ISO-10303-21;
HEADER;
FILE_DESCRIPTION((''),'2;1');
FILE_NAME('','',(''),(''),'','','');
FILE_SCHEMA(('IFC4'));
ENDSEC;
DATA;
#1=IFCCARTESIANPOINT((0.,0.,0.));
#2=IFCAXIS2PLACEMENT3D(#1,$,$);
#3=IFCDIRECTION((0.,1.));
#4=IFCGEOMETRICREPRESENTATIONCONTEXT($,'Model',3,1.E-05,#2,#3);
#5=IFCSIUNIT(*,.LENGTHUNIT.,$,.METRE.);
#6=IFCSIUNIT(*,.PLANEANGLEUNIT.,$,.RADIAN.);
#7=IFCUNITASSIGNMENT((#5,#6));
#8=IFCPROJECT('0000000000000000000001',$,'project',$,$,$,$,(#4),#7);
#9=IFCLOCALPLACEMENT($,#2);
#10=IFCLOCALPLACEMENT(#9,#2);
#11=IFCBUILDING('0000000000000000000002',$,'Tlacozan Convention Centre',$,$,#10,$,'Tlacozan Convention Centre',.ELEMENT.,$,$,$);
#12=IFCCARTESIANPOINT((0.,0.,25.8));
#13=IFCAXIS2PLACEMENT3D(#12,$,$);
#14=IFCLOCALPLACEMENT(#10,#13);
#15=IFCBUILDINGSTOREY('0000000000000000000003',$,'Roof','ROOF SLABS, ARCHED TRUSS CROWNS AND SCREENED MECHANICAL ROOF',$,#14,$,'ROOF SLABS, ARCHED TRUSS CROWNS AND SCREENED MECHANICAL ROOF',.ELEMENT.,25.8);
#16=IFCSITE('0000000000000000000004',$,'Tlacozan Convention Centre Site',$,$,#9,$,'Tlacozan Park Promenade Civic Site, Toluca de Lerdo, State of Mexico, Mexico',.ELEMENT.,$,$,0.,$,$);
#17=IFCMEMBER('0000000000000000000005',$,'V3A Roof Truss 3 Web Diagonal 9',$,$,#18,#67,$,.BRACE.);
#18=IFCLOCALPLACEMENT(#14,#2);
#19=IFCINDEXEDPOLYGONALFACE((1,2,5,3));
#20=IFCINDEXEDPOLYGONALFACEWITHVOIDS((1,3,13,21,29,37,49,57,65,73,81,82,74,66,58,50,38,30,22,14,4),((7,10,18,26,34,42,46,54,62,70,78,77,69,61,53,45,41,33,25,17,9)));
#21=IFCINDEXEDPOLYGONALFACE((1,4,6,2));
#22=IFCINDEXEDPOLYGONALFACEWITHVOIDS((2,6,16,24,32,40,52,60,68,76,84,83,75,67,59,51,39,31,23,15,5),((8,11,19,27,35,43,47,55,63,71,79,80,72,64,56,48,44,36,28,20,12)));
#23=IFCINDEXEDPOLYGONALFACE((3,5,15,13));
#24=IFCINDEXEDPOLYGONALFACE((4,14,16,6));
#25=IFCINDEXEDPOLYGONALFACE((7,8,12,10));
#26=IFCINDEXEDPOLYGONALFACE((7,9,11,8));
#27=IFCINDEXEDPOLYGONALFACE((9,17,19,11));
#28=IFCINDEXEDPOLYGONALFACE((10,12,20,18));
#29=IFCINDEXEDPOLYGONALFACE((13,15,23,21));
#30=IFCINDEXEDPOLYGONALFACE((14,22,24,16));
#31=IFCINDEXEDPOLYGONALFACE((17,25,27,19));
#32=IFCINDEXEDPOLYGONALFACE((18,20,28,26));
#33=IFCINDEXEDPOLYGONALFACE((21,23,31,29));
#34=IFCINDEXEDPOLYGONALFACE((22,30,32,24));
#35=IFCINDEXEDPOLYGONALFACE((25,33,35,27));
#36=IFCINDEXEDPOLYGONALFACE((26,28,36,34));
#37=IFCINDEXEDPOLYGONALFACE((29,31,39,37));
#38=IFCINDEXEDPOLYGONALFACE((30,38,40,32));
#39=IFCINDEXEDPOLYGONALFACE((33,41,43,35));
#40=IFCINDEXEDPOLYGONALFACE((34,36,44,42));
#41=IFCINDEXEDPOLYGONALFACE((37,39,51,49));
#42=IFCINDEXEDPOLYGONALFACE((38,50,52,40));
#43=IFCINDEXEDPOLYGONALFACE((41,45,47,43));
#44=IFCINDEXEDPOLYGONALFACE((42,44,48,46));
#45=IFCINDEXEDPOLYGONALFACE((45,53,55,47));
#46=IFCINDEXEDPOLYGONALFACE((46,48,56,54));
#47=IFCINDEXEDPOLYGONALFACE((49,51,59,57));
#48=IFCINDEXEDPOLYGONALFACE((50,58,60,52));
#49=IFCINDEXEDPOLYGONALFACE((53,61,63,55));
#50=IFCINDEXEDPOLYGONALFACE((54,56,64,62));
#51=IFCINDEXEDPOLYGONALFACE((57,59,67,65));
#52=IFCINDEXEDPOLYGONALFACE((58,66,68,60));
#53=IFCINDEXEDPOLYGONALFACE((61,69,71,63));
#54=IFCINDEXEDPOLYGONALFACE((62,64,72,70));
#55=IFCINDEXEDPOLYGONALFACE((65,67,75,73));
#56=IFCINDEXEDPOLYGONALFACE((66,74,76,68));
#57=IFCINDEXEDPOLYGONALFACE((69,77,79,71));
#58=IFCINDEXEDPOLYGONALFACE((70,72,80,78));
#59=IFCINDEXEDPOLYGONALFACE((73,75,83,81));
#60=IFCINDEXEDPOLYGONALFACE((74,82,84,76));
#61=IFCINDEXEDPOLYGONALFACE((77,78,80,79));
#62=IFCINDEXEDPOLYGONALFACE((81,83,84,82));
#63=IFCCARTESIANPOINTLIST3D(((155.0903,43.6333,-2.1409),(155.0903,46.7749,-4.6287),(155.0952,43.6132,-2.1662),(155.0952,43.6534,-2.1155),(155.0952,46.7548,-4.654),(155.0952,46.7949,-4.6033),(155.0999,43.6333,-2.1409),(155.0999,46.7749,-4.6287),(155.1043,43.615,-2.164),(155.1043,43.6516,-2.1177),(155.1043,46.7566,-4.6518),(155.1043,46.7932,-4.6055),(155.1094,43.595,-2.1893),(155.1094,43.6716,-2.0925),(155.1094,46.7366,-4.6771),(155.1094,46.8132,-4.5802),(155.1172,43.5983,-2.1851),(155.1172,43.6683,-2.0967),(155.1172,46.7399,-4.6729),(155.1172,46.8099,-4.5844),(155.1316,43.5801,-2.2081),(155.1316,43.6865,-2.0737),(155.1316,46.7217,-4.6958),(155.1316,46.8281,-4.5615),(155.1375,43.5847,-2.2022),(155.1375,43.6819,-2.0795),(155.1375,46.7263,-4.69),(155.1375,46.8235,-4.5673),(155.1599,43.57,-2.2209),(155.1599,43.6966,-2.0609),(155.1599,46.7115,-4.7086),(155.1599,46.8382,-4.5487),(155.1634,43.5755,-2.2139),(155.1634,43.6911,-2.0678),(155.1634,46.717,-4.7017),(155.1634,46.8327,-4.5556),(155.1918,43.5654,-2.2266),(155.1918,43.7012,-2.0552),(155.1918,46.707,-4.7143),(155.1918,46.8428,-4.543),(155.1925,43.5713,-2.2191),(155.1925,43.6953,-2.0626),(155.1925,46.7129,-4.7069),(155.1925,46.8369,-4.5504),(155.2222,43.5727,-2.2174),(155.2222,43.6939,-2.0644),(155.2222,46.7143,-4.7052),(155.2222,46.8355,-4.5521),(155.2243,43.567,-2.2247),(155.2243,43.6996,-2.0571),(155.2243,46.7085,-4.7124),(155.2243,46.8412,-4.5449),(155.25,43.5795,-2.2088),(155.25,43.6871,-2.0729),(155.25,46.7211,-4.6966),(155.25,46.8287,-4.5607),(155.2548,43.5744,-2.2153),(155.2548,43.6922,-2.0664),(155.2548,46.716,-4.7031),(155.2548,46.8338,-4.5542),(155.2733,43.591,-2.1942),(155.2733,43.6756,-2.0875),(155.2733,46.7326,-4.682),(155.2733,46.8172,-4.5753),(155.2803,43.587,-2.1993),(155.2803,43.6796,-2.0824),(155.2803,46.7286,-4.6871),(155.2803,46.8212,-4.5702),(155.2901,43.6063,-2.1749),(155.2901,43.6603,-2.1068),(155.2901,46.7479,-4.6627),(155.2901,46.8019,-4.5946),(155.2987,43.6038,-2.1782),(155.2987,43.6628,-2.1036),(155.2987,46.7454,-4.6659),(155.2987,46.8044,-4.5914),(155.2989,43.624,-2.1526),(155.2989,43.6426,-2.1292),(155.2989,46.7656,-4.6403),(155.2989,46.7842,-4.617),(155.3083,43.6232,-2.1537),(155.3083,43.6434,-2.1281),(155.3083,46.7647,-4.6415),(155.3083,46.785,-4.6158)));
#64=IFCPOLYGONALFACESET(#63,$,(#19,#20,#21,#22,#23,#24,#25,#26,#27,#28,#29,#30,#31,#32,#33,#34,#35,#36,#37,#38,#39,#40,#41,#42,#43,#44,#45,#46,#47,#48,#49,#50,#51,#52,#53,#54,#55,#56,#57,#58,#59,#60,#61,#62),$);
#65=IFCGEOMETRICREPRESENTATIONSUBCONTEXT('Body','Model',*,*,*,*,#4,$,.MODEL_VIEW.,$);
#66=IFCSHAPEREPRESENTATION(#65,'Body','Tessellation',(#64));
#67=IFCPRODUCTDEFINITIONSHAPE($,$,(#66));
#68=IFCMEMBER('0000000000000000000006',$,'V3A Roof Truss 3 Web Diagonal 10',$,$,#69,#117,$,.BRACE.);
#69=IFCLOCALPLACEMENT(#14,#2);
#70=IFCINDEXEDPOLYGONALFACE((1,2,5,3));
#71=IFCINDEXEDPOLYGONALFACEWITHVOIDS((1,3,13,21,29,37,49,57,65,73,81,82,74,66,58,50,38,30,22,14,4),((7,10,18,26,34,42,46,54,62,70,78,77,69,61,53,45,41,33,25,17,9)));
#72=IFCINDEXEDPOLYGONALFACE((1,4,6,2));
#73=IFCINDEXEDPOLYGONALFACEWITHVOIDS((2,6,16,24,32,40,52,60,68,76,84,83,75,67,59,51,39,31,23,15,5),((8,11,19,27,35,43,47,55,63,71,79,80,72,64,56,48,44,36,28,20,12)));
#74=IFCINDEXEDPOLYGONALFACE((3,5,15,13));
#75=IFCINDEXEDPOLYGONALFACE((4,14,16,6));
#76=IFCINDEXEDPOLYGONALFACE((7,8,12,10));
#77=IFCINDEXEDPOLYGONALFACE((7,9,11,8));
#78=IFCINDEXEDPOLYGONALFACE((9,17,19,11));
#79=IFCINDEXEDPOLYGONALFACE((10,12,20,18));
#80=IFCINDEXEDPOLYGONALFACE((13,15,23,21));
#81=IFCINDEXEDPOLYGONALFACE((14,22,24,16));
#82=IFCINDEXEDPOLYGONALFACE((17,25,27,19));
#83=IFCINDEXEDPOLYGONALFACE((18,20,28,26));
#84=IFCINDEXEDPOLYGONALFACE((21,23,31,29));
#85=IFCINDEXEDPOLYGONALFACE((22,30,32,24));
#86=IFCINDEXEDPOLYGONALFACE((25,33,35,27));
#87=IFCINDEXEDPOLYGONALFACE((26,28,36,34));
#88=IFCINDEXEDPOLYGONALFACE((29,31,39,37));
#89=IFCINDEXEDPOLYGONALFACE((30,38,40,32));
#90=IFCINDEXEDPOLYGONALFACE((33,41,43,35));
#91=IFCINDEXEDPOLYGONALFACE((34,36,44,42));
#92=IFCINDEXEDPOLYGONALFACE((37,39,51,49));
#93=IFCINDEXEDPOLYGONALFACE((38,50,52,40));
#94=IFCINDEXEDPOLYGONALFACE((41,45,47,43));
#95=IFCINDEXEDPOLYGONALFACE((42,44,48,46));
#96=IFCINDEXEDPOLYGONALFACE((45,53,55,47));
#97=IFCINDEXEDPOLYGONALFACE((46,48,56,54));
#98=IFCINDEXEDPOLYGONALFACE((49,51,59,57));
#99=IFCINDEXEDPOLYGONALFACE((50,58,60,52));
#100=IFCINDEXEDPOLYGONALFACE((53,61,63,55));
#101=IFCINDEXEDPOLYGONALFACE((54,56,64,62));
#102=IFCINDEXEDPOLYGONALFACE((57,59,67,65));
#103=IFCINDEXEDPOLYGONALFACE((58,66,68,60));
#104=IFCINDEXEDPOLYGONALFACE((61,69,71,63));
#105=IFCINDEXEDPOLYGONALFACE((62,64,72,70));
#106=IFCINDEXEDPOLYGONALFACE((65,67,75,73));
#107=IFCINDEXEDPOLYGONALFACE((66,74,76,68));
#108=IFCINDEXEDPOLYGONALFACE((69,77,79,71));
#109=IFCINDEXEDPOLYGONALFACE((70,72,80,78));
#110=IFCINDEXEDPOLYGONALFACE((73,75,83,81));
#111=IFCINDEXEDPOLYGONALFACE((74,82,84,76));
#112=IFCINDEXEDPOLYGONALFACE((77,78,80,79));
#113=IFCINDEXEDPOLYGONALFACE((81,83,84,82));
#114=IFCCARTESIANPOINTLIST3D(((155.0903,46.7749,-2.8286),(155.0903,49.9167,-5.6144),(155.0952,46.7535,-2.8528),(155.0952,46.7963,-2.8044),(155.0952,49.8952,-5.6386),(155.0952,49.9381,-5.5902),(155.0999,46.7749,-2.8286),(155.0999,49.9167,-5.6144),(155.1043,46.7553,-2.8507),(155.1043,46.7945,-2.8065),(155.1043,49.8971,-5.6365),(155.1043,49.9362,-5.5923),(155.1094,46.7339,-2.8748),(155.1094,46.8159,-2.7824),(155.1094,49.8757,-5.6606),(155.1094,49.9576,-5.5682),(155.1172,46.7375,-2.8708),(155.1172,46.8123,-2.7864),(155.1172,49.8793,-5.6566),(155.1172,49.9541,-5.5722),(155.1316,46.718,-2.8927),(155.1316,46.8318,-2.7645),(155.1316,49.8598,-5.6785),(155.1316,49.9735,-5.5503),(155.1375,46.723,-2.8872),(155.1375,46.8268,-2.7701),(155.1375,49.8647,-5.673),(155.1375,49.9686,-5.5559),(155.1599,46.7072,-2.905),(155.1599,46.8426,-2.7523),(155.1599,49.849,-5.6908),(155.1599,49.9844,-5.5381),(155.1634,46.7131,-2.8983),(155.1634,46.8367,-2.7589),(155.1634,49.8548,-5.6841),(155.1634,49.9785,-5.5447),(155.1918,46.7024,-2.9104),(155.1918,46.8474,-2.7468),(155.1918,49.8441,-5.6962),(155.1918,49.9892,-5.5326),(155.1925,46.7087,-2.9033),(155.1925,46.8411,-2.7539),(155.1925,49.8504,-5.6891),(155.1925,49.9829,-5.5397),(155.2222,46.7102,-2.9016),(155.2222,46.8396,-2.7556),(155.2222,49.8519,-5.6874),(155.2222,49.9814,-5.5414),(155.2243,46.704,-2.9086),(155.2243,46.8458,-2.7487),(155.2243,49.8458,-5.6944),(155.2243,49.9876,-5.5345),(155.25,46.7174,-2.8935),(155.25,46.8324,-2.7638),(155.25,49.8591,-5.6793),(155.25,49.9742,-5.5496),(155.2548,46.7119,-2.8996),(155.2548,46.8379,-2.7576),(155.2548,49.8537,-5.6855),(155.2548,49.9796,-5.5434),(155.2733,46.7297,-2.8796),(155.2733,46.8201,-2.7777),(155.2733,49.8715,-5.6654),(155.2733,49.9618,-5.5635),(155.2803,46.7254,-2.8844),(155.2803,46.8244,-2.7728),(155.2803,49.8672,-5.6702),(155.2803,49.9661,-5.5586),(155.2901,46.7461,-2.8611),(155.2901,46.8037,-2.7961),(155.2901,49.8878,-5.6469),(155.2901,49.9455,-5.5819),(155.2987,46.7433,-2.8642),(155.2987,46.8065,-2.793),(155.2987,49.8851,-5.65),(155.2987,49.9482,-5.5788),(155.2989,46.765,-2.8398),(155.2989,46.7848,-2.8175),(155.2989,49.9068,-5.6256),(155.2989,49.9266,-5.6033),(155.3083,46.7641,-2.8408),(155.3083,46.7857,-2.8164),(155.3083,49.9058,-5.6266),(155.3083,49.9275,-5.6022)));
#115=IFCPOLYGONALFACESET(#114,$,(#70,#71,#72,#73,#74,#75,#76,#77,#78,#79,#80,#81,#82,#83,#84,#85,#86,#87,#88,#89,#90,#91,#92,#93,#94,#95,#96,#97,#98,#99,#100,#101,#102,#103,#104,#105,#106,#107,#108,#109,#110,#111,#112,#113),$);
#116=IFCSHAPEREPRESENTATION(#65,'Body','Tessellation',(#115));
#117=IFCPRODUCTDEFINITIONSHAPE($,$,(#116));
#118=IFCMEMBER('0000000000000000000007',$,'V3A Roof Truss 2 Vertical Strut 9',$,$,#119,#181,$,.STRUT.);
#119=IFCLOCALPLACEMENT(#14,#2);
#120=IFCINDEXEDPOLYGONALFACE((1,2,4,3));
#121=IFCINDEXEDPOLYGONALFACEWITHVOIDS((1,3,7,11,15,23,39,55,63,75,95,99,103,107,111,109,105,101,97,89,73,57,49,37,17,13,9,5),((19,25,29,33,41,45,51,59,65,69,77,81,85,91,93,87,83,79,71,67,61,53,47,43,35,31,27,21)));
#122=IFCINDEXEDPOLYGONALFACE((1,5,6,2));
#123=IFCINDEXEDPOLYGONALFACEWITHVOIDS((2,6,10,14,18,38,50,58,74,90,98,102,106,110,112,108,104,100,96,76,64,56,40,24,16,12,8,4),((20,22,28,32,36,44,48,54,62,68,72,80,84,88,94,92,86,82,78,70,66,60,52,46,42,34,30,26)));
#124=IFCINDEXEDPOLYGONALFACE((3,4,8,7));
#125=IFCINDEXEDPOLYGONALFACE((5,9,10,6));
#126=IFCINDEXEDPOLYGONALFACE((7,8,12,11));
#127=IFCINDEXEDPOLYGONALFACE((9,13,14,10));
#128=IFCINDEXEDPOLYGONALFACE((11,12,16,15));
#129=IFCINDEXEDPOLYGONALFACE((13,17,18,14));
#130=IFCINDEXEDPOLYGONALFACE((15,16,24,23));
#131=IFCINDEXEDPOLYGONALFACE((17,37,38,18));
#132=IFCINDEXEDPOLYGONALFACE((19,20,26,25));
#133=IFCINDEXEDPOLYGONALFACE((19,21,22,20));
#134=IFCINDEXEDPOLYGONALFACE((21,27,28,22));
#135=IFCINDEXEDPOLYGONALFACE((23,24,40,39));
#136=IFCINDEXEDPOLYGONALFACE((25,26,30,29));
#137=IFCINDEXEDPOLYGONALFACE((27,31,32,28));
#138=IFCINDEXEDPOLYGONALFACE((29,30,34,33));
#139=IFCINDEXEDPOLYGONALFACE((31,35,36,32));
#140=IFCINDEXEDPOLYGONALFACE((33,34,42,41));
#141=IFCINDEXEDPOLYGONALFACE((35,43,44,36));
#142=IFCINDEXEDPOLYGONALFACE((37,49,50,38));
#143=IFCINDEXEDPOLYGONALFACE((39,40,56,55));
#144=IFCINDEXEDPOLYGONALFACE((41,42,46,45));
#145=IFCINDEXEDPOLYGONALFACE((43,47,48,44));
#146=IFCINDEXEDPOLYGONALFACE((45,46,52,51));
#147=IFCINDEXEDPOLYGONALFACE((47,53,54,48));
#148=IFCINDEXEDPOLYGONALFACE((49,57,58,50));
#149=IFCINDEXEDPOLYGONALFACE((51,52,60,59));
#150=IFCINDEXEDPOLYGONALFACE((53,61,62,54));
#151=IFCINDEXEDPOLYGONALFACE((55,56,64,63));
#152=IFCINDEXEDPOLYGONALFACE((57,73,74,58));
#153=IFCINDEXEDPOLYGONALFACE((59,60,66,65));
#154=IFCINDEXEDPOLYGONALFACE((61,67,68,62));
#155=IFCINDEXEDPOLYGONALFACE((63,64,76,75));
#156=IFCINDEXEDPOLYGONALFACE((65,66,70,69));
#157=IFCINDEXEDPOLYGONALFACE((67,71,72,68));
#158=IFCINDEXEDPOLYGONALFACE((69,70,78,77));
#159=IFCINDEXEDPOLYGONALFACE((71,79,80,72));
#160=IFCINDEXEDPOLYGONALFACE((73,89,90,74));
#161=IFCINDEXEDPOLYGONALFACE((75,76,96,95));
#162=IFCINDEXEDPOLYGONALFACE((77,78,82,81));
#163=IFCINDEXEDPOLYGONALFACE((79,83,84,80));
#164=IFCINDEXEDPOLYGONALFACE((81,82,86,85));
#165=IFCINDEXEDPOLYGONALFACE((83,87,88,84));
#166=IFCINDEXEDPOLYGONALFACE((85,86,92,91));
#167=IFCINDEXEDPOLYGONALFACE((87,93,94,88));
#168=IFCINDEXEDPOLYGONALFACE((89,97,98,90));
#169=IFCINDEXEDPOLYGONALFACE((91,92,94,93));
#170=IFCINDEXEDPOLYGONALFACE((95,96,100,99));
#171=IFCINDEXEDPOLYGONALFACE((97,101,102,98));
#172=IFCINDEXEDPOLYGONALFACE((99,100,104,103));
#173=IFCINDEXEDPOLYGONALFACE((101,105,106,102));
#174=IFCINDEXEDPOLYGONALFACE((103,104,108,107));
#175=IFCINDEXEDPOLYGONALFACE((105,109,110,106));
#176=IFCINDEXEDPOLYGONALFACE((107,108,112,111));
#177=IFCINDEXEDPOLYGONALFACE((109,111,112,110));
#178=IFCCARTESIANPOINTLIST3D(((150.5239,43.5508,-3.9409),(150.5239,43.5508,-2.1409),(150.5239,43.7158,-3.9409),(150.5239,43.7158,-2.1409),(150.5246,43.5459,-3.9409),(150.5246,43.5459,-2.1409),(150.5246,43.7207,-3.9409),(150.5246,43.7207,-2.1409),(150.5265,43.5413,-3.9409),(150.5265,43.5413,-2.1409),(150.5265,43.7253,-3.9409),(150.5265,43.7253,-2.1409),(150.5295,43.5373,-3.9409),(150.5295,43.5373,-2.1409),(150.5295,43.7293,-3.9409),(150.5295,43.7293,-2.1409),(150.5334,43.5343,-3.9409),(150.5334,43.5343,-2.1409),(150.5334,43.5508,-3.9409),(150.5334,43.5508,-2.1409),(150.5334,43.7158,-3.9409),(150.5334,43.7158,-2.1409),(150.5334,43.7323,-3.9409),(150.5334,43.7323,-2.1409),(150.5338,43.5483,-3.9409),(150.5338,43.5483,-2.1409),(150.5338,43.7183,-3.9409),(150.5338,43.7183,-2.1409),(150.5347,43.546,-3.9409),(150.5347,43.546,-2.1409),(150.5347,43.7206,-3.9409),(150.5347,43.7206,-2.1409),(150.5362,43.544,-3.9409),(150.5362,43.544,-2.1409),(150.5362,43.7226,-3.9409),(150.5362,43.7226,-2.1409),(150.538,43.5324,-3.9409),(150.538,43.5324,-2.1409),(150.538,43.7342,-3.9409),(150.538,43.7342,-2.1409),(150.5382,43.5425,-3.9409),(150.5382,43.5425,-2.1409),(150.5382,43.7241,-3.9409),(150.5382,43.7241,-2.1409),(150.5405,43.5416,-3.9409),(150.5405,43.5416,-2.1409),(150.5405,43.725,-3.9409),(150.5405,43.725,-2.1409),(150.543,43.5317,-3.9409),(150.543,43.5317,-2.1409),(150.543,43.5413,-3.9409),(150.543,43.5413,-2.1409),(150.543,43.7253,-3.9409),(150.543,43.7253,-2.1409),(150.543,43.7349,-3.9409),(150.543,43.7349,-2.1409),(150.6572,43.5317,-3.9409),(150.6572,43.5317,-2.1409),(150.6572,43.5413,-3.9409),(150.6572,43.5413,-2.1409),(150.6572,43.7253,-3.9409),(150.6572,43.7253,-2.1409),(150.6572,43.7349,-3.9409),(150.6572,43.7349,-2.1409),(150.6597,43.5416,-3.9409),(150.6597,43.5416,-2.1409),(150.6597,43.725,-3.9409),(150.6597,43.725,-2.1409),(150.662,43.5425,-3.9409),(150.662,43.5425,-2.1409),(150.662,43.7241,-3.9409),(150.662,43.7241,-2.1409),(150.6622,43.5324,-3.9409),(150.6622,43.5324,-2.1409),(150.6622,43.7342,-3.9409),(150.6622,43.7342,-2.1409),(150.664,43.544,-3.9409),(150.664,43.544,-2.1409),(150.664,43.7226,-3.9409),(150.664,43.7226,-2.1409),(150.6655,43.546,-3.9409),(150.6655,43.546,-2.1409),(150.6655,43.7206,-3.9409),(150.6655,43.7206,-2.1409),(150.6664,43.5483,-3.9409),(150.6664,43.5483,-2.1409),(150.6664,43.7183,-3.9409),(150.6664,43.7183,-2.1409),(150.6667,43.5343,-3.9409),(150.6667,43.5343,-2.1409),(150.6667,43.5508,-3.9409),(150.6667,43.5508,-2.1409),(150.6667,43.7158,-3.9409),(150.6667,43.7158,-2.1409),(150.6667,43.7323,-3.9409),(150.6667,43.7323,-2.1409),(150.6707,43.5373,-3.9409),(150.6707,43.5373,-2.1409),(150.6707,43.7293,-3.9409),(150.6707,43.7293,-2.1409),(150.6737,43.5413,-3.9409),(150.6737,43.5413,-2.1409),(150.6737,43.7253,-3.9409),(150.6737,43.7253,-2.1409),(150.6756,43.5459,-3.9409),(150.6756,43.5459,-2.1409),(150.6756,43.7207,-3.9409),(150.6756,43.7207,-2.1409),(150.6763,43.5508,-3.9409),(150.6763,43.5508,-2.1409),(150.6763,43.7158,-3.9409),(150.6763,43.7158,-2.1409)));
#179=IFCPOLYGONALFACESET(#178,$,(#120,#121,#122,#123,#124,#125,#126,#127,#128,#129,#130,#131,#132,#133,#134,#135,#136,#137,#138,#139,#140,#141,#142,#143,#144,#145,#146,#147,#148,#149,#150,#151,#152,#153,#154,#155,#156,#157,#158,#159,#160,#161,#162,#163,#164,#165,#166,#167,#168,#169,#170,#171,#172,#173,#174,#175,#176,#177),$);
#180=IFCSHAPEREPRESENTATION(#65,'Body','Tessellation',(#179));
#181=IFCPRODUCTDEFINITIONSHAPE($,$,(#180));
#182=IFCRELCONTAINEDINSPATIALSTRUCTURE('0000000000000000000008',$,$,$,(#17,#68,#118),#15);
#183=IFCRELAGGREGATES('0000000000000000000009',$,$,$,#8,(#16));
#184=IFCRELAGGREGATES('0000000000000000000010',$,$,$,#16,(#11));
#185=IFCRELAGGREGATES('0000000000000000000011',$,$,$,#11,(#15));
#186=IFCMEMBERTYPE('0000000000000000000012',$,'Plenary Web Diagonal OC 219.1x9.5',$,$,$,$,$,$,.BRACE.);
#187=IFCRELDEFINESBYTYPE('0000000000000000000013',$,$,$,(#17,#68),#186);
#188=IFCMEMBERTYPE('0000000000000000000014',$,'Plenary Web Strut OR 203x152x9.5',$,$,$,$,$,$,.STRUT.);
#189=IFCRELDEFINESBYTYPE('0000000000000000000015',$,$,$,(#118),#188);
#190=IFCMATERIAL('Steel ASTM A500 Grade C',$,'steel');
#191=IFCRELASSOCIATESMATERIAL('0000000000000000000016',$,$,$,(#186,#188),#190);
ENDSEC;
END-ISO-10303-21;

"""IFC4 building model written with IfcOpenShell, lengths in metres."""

from ifc_helpers import new_model, si_unit, direction, frame, origin, origin_2d, place, context, subcontext, project, spatial, hollow_rectangle, hollow_circle, extrude, material, material_profile, profile_set, type_object, element, save


model = new_model("IFC4")

# Units and contexts
model_context = context("Model", 3, precision=1e-05, world=origin(), true_north=direction((0.0, 1.0)))
body_context = subcontext(model_context, "Body", "Model", "MODEL_VIEW")
ifc_project = project(units=[si_unit("LENGTHUNIT", "METRE"), si_unit("PLANEANGLEUNIT", "RADIAN")], contexts=[model_context])

# Site, building, storey
site_placement = place(None, origin())
site = spatial("IfcSite", under=ifc_project, at=site_placement, Name="Tlacozan Convention Centre Site", LongName="Tlacozan Park Promenade Civic Site, Toluca de Lerdo, State of Mexico, Mexico", CompositionType="ELEMENT", RefElevation=0.0)
building_placement = place(site_placement, origin())
building = spatial("IfcBuilding", under=site, at=building_placement, Name="Tlacozan Convention Centre", LongName="Tlacozan Convention Centre", CompositionType="ELEMENT")
storey_placement = place(building_placement, frame((0.0, 0.0, 25.8)))
storey = spatial("IfcBuildingStorey", under=building, at=storey_placement, Name="Roof", Description="ROOF SLABS, ARCHED TRUSS CROWNS AND SCREENED MECHANICAL ROOF", LongName="ROOF SLABS, ARCHED TRUSS CROWNS AND SCREENED MECHANICAL ROOF", CompositionType="ELEMENT", Elevation=25.8)

# Members
ifc_material_1 = material(Name="Steel ASTM A500 Grade C", Category="steel")
ifc_material_profile_1 = material_profile(ifc_material_1, hollow_circle(Radius=0.1096, WallThickness=0.0095, at=origin_2d()), Name="OC 219.1x9.5")
ifc_profile_set_1 = profile_set([ifc_material_profile_1], Name="Steel ASTM A500 Grade C")
member_type_1 = type_object("IfcMemberType", Name="Plenary Web Diagonal OC 219.1x9.5", PredefinedType="BRACE", material=ifc_profile_set_1)
member_1_placement = place(storey_placement, frame((155.2, 43.6333, -2.1409), z_axis=(0.0, 0.783962, -0.620809), x_axis=(-1.0, 0.0, 0.0)))
element("IfcMember", 1, at=member_1_placement, inside=storey, type_object=member_type_1, Name="V3A Roof Truss 3 Web Diagonal 9", PredefinedType="BRACE", context=body_context, shape_type="SweptSolid", body=[
    extrude(hollow_circle(Radius=0.1096, WallThickness=0.0095, at=origin_2d()), origin(), (0.0, 0.0, 1.0), 4.0073),
])
member_2_placement = place(storey_placement, frame((155.2, 46.7749, -2.8286), z_axis=(0.0, 0.74822, -0.66345), x_axis=(-1.0, 0.0, 0.0)))
element("IfcMember", 2, at=member_2_placement, inside=storey, type_object=member_type_1, Name="V3A Roof Truss 3 Web Diagonal 10", PredefinedType="BRACE", context=body_context, shape_type="SweptSolid", body=[
    extrude(hollow_circle(Radius=0.1096, WallThickness=0.0095, at=origin_2d()), origin(), (0.0, 0.0, 1.0), 4.199),
])
ifc_material_profile_2 = material_profile(ifc_material_1, hollow_rectangle(XDim=0.1523, YDim=0.2031, WallThickness=0.0095, InnerFilletRadius=0.0095, OuterFilletRadius=0.019, at=origin_2d()), Name="OR 203x152x9.5")
ifc_profile_set_2 = profile_set([ifc_material_profile_2], Name="Steel ASTM A500 Grade C")
member_type_2 = type_object("IfcMemberType", Name="Plenary Web Strut OR 203x152x9.5", PredefinedType="STRUT", material=ifc_profile_set_2)
for number, where, z_axis, x_axis, name in (
    (3, (150.6001, 43.6333, -3.9409), (0.0, 0.0, 1.0), (1.0, 0.0, 0.0), "V3A Roof Truss 2 Vertical Strut 9"),
):
    element("IfcMember", number, at=place(storey_placement, frame(where, z_axis=z_axis, x_axis=x_axis)), inside=storey, type_object=member_type_2, Name=name, PredefinedType="STRUT", context=body_context, shape_type="SweptSolid", body=[
        extrude(hollow_rectangle(XDim=0.1523, YDim=0.2031, WallThickness=0.0095, InnerFilletRadius=0.0095, OuterFilletRadius=0.019, at=origin_2d()), origin(), (0.0, 0.0, 1.0), 1.8),
    ])

save(model, "model.ifc")
